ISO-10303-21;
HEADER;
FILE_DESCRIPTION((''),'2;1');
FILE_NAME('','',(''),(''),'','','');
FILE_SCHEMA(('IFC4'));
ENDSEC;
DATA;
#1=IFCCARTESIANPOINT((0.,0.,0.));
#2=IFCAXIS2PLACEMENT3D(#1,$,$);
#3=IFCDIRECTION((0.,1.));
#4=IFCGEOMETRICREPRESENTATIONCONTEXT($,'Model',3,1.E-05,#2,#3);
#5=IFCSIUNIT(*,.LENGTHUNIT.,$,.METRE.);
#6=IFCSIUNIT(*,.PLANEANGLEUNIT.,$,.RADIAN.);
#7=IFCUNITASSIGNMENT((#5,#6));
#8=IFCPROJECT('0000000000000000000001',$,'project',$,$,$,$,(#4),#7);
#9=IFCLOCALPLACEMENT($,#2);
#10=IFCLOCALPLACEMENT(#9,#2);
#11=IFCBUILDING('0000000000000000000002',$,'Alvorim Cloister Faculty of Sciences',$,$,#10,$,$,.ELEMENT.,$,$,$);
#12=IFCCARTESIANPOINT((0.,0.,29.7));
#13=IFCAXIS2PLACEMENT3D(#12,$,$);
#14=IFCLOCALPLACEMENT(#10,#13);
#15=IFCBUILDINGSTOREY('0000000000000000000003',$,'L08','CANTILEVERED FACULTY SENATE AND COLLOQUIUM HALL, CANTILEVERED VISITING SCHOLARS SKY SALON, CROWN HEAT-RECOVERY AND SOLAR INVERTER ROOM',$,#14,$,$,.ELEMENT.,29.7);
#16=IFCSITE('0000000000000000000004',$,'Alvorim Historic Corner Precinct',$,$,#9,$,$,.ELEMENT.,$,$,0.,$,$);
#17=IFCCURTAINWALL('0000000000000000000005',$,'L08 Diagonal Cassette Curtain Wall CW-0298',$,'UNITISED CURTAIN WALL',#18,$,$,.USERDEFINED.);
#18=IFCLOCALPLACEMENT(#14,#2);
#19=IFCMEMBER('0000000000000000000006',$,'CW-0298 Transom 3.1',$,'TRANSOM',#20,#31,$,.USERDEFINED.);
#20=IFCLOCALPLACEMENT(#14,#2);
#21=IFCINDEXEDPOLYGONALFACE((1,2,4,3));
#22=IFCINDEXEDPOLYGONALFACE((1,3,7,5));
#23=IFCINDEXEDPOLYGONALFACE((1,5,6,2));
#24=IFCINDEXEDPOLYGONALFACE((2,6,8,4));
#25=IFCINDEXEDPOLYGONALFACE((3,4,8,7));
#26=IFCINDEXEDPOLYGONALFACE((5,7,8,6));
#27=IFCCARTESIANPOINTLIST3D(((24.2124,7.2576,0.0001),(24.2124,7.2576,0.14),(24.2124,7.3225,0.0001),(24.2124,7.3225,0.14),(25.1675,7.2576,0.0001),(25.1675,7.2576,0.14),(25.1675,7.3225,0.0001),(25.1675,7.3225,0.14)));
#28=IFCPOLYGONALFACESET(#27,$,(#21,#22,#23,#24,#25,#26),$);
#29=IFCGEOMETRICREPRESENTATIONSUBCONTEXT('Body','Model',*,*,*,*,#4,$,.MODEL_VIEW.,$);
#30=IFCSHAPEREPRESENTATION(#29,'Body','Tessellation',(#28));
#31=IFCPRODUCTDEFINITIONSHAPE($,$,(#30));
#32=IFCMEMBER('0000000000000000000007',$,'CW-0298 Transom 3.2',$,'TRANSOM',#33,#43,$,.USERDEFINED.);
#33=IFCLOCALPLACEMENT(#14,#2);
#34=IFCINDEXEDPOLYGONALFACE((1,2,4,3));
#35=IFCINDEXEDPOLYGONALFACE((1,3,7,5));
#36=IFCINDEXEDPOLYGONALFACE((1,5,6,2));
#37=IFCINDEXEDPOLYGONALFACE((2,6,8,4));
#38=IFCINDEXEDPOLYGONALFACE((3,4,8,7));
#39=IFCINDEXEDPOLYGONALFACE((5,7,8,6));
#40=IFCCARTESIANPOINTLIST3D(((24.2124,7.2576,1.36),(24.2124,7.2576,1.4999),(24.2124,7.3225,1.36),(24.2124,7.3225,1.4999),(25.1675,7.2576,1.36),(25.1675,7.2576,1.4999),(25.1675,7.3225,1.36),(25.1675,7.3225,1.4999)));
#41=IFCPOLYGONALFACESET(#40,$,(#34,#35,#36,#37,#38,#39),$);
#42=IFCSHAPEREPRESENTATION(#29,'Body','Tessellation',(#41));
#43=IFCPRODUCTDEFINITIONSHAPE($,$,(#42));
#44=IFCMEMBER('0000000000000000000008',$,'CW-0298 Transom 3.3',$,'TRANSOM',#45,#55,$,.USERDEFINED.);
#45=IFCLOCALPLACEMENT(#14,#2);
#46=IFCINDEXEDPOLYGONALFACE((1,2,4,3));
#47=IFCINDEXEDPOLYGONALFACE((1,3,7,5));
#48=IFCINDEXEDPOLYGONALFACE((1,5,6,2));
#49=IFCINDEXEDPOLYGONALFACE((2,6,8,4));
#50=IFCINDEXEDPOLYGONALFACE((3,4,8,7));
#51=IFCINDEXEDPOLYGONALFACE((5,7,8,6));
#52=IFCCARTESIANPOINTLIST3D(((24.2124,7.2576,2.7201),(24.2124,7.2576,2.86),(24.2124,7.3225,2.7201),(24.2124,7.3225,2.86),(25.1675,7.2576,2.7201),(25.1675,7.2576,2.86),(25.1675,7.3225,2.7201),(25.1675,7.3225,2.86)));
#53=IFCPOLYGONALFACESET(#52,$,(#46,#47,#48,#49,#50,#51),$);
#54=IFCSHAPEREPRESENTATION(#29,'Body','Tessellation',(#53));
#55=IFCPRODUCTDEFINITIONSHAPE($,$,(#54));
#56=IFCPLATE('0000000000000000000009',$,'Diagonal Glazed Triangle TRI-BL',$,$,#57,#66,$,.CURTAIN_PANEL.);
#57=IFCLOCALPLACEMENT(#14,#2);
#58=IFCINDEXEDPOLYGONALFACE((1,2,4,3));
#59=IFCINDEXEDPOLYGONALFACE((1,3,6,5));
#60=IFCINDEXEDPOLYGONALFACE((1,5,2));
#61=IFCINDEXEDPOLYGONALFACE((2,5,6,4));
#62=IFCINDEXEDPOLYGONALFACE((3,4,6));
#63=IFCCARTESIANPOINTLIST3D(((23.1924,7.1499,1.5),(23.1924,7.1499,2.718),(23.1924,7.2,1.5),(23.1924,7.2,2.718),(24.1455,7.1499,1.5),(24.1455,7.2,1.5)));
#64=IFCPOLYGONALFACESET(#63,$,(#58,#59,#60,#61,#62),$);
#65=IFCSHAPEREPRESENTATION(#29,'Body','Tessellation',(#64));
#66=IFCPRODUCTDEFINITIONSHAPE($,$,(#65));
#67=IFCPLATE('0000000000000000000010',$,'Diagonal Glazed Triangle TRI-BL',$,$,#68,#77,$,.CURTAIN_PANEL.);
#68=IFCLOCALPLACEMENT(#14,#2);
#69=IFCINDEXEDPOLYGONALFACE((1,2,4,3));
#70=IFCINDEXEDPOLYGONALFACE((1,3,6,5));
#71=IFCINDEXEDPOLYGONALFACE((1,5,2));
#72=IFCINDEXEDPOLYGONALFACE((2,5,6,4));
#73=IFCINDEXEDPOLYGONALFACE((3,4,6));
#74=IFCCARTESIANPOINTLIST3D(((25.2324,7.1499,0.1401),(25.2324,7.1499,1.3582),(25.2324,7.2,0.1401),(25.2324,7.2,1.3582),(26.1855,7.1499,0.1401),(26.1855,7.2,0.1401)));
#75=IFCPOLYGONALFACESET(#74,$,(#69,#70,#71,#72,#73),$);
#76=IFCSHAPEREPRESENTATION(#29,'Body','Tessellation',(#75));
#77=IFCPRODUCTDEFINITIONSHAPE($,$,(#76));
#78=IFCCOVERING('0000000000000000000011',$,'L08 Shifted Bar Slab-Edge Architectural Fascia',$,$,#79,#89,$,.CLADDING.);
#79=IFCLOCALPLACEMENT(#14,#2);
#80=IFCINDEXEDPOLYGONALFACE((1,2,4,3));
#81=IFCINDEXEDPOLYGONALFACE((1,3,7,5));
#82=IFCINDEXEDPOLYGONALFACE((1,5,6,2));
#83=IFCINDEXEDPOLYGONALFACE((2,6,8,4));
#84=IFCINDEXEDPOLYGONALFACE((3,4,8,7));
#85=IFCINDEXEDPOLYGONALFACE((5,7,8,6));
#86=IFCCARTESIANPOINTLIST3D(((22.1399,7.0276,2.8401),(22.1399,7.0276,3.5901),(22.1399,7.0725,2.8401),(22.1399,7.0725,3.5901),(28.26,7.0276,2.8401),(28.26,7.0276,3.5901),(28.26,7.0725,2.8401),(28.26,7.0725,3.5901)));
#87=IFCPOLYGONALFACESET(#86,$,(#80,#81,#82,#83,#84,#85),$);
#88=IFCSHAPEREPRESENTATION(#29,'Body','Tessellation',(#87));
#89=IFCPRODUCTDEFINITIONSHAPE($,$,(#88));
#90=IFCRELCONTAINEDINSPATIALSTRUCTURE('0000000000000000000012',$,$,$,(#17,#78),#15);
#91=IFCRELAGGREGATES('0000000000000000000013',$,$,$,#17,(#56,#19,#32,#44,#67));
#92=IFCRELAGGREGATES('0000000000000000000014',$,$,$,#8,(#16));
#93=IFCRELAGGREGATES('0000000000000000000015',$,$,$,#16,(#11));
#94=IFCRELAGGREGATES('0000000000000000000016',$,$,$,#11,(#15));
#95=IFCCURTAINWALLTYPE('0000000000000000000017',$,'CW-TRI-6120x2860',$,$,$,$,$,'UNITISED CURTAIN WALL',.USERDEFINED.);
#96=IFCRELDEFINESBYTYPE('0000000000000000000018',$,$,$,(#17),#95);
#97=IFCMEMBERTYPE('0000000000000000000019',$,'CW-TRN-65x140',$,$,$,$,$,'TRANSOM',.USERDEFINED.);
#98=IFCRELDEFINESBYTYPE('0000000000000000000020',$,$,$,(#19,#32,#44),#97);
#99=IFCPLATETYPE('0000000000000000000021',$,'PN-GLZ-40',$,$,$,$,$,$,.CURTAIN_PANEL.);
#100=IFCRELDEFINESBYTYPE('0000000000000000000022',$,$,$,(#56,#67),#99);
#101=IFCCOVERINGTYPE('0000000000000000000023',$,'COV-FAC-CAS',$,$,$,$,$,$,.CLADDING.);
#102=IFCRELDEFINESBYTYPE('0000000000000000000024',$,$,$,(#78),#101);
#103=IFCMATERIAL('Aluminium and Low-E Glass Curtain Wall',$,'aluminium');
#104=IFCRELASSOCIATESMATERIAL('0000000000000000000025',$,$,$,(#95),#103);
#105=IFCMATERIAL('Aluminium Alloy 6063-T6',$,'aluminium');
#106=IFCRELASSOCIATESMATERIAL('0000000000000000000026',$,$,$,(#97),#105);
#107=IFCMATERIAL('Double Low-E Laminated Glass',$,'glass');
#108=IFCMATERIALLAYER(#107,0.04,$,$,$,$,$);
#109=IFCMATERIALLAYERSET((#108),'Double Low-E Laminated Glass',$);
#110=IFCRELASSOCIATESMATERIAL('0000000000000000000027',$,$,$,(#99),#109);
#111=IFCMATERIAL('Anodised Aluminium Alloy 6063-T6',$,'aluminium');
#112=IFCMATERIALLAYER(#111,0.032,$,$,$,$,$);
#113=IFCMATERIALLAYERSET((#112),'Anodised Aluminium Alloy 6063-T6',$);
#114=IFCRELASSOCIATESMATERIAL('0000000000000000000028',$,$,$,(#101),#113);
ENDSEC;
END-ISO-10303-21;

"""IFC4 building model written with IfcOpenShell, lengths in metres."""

from ifc_helpers import new_model, si_unit, direction, frame, origin, origin_2d, place, context, subcontext, project, spatial, polyline, rectangle, outline, extrude, material, layer, layer_set, material_profile, profile_set, type_object, element, aggregate, save


model = new_model("IFC4")

# Units and contexts
model_context = context("Model", 3, precision=1e-05, world=origin(), true_north=direction((0.0, 1.0)))
body_context = subcontext(model_context, "Body", "Model", "MODEL_VIEW")
ifc_project = project(units=[si_unit("LENGTHUNIT", "METRE"), si_unit("PLANEANGLEUNIT", "RADIAN")], contexts=[model_context])

# Site, building, storey
site_placement = place(None, origin())
site = spatial("IfcSite", under=ifc_project, at=site_placement, Name="Alvorim Historic Corner Precinct", CompositionType="ELEMENT", RefElevation=0.0)
building_placement = place(site_placement, origin())
building = spatial("IfcBuilding", under=site, at=building_placement, Name="Alvorim Cloister Faculty of Sciences", CompositionType="ELEMENT")
storey_placement = place(building_placement, frame((0.0, 0.0, 29.7)))
storey = spatial("IfcBuildingStorey", under=building, at=storey_placement, Name="L08", Description="CANTILEVERED FACULTY SENATE AND COLLOQUIUM HALL, CANTILEVERED VISITING SCHOLARS SKY SALON, CROWN HEAT-RECOVERY AND SOLAR INVERTER ROOM", CompositionType="ELEMENT", Elevation=29.7)

# Curtain wall
ifc_material_1 = material(Name="Aluminium and Low-E Glass Curtain Wall", Category="aluminium")
curtain_wall_type = type_object("IfcCurtainWallType", Name="CW-TRI-6120x2860", ElementType="UNITISED CURTAIN WALL", PredefinedType="USERDEFINED", material=ifc_material_1)
curtain_wall_1_placement = place(storey_placement, origin())
curtain_wall_1 = element("IfcCurtainWall", 1, at=curtain_wall_1_placement, inside=storey, type_object=curtain_wall_type, Name="L08 Diagonal Cassette Curtain Wall CW-0298", ObjectType="UNITISED CURTAIN WALL", PredefinedType="USERDEFINED")
ifc_material_2 = material(Name="Aluminium Alloy 6063-T6", Category="aluminium")

# Members
ifc_material_profile_1 = material_profile(ifc_material_2, rectangle(XDim=0.0649, YDim=0.1399, at=origin_2d()), Name="ALU-TRN-65x140")
ifc_profile_set_1 = profile_set([ifc_material_profile_1], Name="Aluminium Alloy 6063-T6")
member_type_1 = type_object("IfcMemberType", Name="CW-TRN-65x140", ElementType="TRANSOM", PredefinedType="USERDEFINED", material=ifc_profile_set_1)
member_1_placement = place(storey_placement, frame((24.2124, 7.29, 0.0701), z_axis=(1.0, 0.0, 0.0), x_axis=(0.0, 1.0, 0.0)))
member_1 = element("IfcMember", 2, at=member_1_placement, type_object=member_type_1, Name="CW-0298 Transom 3.1", ObjectType="TRANSOM", PredefinedType="USERDEFINED", context=body_context, shape_type="SweptSolid", body=[
    extrude(rectangle(XDim=0.0649, YDim=0.1399, at=origin_2d()), origin(), (0.0, 0.0, 1.0), 0.9551),
])
member_2_placement = place(storey_placement, frame((24.2124, 7.29, 1.4299), z_axis=(1.0, 0.0, 0.0), x_axis=(0.0, 1.0, 0.0)))
member_2 = element("IfcMember", 3, at=member_2_placement, type_object=member_type_1, Name="CW-0298 Transom 3.2", ObjectType="TRANSOM", PredefinedType="USERDEFINED", context=body_context, shape_type="SweptSolid", body=[
    extrude(rectangle(XDim=0.0649, YDim=0.1399, at=origin_2d()), origin(), (0.0, 0.0, 1.0), 0.9551),
])
member_3_placement = place(storey_placement, frame((24.2124, 7.29, 2.79), z_axis=(1.0, 0.0, 0.0), x_axis=(0.0, 1.0, 0.0)))
member_3 = element("IfcMember", 4, at=member_3_placement, type_object=member_type_1, Name="CW-0298 Transom 3.3", ObjectType="TRANSOM", PredefinedType="USERDEFINED", context=body_context, shape_type="SweptSolid", body=[
    extrude(rectangle(XDim=0.0649, YDim=0.1399, at=origin_2d()), origin(), (0.0, 0.0, 1.0), 0.9551),
])

# Plates
ifc_material_3 = material(Name="Double Low-E Laminated Glass", Category="glass")
ifc_layer_1 = layer(ifc_material_3, 0.04)
ifc_layer_set_1 = layer_set([ifc_layer_1], Name="Double Low-E Laminated Glass")
plate_type = type_object("IfcPlateType", Name="PN-GLZ-40", PredefinedType="CURTAIN_PANEL", material=ifc_layer_set_1)
plate_1_placement = place(storey_placement, frame((23.1924, 7.175, 1.5), z_axis=(0.0, 0.0, 1.0), x_axis=(1.0, 0.0, 0.0)))
plate_1 = element("IfcPlate", 5, at=plate_1_placement, type_object=plate_type, Name="Diagonal Glazed Triangle TRI-BL", PredefinedType="CURTAIN_PANEL", context=body_context, shape_type="SweptSolid", body=[
    extrude(outline(polyline([(0.0, 0.0), (0.9531, 0.0), (0.0, 1.218), (0.0, 0.0)])), frame((0.0, 0.0249, 0.0), z_axis=(0.0, -1.0, 0.0), x_axis=(1.0, 0.0, 0.0)), (0.0, 0.0, 1.0), 0.05),
])
plate_2_placement = place(storey_placement, frame((25.2324, 7.175, 0.1401), z_axis=(0.0, 0.0, 1.0), x_axis=(1.0, 0.0, 0.0)))
plate_2 = element("IfcPlate", 6, at=plate_2_placement, type_object=plate_type, Name="Diagonal Glazed Triangle TRI-BL", PredefinedType="CURTAIN_PANEL", context=body_context, shape_type="SweptSolid", body=[
    extrude(outline(polyline([(0.0, 0.0), (0.9531, 0.0), (0.0, 1.218), (0.0, 0.0)])), frame((0.0, 0.0249, 0.0), z_axis=(0.0, -1.0, 0.0), x_axis=(1.0, 0.0, 0.0)), (0.0, 0.0, 1.0), 0.05),
])
aggregate(curtain_wall_1, [plate_1, member_1, member_2, member_3, plate_2])

# Covering
ifc_material_4 = material(Name="Anodised Aluminium Alloy 6063-T6", Category="aluminium")
ifc_layer_2 = layer(ifc_material_4, 0.032)
ifc_layer_set_2 = layer_set([ifc_layer_2], Name="Anodised Aluminium Alloy 6063-T6")
covering_type = type_object("IfcCoveringType", Name="COV-FAC-CAS", PredefinedType="CLADDING", material=ifc_layer_set_2)
covering_placement = place(storey_placement, frame((22.1399, 7.05, 2.8401), z_axis=(0.0, 0.0, 1.0), x_axis=(1.0, 0.0, 0.0)))
element("IfcCovering", 7, at=covering_placement, inside=storey, type_object=covering_type, Name="L08 Shifted Bar Slab-Edge Architectural Fascia", PredefinedType="CLADDING", context=body_context, shape_type="SweptSolid", body=[
    extrude(outline(polyline([(0.0, 0.0), (6.1201, 0.0), (6.1201, 0.75), (0.0, 0.75), (0.0, 0.0)])), frame((0.0, 0.0225, 0.0), z_axis=(0.0, -1.0, 0.0), x_axis=(1.0, 0.0, 0.0)), (0.0, 0.0, 1.0), 0.0449),
])

save(model, "model.ifc")
